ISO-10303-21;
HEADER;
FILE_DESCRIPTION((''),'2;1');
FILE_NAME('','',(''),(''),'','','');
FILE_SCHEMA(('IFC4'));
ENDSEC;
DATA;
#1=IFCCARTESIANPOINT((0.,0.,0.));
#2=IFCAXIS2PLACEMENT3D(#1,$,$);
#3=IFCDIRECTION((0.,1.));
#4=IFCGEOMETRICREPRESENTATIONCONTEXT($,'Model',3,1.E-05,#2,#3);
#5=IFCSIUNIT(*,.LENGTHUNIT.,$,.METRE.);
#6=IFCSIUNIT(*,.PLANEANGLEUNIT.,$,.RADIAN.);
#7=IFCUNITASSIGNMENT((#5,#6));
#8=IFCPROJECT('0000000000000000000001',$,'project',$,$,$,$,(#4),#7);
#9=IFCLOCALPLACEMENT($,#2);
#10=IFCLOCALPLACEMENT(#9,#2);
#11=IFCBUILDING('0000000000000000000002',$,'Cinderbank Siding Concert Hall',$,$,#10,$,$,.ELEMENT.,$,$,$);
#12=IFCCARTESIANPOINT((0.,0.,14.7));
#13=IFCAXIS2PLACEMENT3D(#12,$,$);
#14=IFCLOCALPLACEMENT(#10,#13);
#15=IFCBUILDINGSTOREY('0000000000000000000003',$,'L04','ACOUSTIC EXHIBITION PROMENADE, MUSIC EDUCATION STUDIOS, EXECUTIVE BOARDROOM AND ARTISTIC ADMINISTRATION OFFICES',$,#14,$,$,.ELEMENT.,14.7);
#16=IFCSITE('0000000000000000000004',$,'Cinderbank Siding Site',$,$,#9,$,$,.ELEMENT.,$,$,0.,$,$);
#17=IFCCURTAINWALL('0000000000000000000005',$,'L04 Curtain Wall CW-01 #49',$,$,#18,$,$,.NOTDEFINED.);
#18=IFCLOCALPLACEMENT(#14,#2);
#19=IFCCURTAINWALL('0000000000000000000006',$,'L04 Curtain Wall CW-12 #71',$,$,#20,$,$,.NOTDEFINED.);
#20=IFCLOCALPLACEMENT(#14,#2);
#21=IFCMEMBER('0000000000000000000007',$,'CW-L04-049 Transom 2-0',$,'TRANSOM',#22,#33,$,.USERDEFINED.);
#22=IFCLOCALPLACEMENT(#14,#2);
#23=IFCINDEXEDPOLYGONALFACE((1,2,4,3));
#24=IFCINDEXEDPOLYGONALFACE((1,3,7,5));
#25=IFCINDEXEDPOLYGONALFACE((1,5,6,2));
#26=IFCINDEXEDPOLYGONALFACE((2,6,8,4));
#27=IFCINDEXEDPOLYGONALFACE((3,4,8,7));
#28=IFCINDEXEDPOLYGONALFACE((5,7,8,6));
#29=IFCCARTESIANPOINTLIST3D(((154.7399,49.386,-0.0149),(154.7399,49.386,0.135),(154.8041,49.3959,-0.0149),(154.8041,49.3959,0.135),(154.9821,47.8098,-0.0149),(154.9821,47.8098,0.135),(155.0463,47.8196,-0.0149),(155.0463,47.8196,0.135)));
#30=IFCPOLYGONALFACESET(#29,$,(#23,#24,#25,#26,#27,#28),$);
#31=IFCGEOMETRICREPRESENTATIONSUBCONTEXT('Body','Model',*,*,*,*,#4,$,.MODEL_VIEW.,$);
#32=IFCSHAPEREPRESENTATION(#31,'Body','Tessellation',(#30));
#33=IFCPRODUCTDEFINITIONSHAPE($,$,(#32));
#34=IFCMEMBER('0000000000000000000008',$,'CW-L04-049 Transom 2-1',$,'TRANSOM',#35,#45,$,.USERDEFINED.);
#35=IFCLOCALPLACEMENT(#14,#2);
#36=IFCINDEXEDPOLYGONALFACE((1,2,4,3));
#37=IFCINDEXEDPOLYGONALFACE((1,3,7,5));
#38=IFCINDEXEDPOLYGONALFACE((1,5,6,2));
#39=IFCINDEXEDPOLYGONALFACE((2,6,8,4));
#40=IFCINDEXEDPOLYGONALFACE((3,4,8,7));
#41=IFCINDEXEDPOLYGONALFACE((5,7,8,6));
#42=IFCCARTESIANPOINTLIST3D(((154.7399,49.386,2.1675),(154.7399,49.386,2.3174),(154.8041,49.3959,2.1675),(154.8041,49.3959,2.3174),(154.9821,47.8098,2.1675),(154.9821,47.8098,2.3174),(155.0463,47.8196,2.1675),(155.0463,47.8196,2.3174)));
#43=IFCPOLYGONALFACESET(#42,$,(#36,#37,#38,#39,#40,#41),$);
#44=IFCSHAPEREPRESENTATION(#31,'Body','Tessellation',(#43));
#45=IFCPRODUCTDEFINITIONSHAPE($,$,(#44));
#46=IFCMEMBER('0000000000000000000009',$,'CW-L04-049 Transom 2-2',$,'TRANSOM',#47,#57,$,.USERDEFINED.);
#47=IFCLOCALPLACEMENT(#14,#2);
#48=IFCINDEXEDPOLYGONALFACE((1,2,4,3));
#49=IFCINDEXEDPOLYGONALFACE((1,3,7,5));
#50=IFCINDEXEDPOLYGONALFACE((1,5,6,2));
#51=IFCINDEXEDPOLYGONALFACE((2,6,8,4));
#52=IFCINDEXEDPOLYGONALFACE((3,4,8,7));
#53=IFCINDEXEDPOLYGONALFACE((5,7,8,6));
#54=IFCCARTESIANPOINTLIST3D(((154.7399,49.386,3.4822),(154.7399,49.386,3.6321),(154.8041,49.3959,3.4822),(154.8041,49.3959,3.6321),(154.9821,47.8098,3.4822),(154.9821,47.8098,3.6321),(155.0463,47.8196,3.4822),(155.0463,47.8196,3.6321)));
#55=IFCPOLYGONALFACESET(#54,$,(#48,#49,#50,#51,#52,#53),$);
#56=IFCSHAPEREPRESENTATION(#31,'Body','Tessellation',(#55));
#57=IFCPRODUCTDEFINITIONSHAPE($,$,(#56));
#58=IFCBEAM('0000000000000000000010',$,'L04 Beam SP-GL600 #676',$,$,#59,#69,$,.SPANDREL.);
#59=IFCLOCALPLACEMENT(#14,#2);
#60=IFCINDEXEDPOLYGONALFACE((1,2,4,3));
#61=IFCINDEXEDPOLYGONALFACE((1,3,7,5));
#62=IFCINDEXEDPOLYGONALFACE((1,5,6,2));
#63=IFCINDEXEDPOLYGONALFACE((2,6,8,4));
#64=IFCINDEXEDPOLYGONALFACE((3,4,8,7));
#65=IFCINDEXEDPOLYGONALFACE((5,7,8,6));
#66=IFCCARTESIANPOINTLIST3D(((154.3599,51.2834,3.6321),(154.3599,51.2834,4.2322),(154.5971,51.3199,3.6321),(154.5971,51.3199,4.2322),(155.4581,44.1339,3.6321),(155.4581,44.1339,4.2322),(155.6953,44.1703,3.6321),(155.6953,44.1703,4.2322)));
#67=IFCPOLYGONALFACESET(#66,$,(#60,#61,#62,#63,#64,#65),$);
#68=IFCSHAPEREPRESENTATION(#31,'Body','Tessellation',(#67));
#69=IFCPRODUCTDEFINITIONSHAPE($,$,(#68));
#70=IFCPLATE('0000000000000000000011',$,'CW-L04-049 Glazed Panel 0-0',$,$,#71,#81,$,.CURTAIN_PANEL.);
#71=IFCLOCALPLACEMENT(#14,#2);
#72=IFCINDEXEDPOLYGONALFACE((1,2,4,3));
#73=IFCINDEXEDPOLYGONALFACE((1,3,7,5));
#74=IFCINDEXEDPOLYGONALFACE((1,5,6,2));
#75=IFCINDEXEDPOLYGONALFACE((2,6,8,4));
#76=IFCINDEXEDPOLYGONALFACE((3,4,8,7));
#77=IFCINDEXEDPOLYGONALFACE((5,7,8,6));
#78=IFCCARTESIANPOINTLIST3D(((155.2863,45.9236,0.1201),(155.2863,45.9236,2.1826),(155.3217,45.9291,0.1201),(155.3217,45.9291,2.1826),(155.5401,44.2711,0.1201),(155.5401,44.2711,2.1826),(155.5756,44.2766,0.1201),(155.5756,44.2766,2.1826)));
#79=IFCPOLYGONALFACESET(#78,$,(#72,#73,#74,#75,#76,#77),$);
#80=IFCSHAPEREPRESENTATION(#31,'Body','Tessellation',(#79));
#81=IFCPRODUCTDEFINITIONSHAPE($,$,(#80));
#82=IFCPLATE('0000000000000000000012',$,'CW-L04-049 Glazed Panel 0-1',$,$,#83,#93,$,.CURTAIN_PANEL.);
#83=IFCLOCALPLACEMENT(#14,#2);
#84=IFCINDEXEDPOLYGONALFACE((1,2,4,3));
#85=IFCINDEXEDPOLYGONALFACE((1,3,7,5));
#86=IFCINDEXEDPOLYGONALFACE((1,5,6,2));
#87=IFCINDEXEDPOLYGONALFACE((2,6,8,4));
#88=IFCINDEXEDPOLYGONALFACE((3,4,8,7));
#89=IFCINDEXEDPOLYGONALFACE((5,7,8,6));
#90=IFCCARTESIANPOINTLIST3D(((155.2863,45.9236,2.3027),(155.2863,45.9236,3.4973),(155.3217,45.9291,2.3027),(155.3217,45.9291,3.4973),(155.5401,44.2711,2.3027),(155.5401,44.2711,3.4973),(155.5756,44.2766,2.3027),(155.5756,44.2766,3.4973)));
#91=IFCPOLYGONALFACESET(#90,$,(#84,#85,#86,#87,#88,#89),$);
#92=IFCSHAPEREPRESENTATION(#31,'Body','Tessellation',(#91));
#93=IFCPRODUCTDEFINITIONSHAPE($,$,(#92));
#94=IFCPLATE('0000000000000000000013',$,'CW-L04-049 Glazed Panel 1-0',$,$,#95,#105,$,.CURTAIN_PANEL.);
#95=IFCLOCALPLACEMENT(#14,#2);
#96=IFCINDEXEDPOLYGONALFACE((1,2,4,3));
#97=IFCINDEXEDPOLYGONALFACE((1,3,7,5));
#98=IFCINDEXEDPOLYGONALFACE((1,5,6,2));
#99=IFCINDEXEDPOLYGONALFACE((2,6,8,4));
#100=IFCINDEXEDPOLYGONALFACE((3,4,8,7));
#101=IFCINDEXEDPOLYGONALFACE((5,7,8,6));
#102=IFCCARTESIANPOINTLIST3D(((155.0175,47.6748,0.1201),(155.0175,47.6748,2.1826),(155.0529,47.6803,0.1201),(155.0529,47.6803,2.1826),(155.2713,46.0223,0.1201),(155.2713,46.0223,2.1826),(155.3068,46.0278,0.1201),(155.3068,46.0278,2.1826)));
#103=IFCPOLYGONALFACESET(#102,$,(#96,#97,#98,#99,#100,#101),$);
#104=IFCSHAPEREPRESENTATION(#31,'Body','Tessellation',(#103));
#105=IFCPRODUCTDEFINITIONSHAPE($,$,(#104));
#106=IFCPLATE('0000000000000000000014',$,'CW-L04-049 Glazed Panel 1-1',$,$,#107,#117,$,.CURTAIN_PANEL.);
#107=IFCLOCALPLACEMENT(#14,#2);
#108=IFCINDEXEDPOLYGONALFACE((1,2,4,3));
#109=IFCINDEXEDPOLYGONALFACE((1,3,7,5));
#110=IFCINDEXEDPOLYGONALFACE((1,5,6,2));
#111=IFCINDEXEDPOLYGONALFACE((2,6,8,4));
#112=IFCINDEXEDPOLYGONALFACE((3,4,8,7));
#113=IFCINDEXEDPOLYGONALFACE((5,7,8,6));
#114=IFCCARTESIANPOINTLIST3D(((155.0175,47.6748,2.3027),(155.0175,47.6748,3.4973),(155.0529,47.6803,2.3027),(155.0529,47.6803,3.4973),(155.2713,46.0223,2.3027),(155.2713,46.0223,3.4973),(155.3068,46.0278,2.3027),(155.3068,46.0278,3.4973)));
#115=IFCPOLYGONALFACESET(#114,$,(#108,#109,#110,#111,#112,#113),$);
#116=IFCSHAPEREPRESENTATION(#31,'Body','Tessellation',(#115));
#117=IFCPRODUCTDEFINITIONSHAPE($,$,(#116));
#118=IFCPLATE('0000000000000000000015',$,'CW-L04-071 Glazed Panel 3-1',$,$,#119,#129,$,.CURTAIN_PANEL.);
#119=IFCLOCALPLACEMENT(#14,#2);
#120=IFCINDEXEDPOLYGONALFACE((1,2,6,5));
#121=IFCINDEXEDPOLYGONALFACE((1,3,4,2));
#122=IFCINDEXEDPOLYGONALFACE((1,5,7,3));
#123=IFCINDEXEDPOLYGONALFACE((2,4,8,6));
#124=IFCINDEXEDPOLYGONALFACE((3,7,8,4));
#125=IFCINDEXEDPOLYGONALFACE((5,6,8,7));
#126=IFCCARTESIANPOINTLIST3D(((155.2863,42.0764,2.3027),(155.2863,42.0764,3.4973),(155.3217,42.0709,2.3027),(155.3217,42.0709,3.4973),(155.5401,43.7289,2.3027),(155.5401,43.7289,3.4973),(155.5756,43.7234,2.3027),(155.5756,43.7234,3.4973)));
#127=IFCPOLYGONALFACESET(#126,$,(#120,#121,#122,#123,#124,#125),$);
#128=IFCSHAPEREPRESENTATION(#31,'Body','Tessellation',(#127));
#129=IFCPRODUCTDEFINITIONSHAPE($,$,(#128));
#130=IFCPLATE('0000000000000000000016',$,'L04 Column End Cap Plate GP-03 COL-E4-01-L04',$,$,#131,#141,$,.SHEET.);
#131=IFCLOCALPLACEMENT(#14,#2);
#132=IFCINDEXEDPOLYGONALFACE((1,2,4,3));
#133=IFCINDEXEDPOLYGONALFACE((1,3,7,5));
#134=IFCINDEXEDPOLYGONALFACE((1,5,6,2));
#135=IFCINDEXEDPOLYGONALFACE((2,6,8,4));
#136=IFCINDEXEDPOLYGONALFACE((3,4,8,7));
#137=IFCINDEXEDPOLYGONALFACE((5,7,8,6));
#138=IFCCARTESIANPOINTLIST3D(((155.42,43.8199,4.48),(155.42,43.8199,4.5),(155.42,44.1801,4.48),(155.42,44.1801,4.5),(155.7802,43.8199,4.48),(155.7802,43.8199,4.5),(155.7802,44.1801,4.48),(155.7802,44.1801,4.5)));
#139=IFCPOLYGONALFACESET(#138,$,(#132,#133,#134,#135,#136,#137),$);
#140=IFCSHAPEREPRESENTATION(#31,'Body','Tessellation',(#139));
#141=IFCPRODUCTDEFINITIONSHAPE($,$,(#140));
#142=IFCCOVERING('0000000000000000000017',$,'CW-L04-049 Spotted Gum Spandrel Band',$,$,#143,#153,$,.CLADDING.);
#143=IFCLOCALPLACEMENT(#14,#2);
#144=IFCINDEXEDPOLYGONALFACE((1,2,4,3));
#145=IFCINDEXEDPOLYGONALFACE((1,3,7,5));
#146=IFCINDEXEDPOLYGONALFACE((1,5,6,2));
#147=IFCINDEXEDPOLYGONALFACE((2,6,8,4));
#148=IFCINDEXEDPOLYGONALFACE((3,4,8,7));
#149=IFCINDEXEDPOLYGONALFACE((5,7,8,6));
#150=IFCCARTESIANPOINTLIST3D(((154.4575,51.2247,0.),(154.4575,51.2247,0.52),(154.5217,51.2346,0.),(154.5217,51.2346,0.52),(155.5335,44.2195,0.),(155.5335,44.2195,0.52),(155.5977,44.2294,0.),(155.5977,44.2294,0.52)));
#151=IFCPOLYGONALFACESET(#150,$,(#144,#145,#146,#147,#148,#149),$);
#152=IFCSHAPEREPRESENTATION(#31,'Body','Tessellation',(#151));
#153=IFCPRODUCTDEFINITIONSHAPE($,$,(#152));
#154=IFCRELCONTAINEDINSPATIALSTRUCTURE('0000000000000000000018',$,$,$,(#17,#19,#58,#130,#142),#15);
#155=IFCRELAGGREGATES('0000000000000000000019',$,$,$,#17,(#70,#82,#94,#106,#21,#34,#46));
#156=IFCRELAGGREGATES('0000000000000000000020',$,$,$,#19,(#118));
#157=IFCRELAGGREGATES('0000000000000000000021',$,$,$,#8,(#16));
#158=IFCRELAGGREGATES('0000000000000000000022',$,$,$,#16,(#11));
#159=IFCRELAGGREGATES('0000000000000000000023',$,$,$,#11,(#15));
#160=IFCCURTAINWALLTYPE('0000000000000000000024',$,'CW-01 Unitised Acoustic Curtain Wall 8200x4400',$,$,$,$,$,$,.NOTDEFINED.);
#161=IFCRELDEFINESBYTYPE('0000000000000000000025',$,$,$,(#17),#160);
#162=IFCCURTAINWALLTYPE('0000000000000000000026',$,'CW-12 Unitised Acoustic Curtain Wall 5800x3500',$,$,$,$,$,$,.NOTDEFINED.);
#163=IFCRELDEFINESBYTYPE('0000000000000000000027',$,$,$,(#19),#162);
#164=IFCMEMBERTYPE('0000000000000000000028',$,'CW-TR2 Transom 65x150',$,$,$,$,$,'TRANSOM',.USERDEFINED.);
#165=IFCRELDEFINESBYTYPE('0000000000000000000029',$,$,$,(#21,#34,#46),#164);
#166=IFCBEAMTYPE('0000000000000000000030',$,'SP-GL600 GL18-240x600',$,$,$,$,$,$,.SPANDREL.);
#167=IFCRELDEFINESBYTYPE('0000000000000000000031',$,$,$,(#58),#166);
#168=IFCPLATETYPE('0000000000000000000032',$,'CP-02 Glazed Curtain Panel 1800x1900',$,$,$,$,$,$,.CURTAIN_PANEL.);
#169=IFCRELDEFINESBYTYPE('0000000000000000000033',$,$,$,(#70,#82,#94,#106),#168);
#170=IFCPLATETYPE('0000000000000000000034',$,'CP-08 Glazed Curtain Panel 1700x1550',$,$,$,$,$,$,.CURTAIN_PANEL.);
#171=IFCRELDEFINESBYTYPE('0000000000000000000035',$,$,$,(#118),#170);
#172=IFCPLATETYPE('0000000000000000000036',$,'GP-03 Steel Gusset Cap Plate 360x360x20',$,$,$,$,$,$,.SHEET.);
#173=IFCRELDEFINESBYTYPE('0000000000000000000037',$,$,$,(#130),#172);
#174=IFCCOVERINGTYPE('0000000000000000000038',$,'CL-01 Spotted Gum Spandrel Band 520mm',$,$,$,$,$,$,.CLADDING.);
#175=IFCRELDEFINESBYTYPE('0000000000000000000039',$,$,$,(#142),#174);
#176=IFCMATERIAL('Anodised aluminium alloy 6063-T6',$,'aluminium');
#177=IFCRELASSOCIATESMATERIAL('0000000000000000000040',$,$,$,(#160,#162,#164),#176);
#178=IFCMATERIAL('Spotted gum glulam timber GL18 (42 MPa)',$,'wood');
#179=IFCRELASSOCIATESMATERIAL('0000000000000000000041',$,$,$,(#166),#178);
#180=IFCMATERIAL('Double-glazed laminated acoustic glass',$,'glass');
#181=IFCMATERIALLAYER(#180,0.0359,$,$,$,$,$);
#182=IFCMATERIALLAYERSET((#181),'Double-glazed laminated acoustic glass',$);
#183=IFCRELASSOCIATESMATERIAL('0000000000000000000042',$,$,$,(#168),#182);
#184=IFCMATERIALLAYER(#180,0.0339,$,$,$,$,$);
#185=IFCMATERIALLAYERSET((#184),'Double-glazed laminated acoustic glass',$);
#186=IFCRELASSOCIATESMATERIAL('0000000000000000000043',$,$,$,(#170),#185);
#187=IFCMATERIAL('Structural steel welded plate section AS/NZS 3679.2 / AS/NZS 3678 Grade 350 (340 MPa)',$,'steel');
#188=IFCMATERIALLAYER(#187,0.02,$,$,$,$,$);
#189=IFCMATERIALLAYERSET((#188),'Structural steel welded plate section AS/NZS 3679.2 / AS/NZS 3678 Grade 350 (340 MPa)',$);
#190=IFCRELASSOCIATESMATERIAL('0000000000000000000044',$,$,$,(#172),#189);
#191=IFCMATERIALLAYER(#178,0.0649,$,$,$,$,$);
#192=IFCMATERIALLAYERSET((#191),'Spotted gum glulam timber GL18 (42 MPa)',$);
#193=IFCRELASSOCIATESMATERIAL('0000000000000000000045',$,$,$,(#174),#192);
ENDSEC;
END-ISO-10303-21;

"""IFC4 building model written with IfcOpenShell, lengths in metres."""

from ifc_helpers import new_model, si_unit, direction, frame, origin, origin_2d, place, context, subcontext, project, spatial, rectangle, extrude, material, layer, layer_set, material_profile, profile_set, type_object, element, aggregate, save


model = new_model("IFC4")

# Units and contexts
model_context = context("Model", 3, precision=1e-05, world=origin(), true_north=direction((0.0, 1.0)))
body_context = subcontext(model_context, "Body", "Model", "MODEL_VIEW")
ifc_project = project(units=[si_unit("LENGTHUNIT", "METRE"), si_unit("PLANEANGLEUNIT", "RADIAN")], contexts=[model_context])

# Site, building, storey
site_placement = place(None, origin())
site = spatial("IfcSite", under=ifc_project, at=site_placement, Name="Cinderbank Siding Site", CompositionType="ELEMENT", RefElevation=0.0)
building_placement = place(site_placement, origin())
building = spatial("IfcBuilding", under=site, at=building_placement, Name="Cinderbank Siding Concert Hall", CompositionType="ELEMENT")
storey_placement = place(building_placement, frame((0.0, 0.0, 14.7)))
storey = spatial("IfcBuildingStorey", under=building, at=storey_placement, Name="L04", Description="ACOUSTIC EXHIBITION PROMENADE, MUSIC EDUCATION STUDIOS, EXECUTIVE BOARDROOM AND ARTISTIC ADMINISTRATION OFFICES", CompositionType="ELEMENT", Elevation=14.7)

# Curtain wall
ifc_material_1 = material(Name="Anodised aluminium alloy 6063-T6", Category="aluminium")
curtain_wall_type_1 = type_object("IfcCurtainWallType", Name="CW-01 Unitised Acoustic Curtain Wall 8200x4400", PredefinedType="NOTDEFINED", material=ifc_material_1)
curtain_wall_1_placement = place(storey_placement, origin())
curtain_wall_1 = element("IfcCurtainWall", 1, at=curtain_wall_1_placement, inside=storey, type_object=curtain_wall_type_1, Name="L04 Curtain Wall CW-01 #49", PredefinedType="NOTDEFINED")

# Curtain wall
curtain_wall_type_2 = type_object("IfcCurtainWallType", Name="CW-12 Unitised Acoustic Curtain Wall 5800x3500", PredefinedType="NOTDEFINED", material=ifc_material_1)
curtain_wall_2_placement = place(storey_placement, origin())
curtain_wall_2 = element("IfcCurtainWall", 2, at=curtain_wall_2_placement, inside=storey, type_object=curtain_wall_type_2, Name="L04 Curtain Wall CW-12 #71", PredefinedType="NOTDEFINED")

# Members
ifc_material_profile_1 = material_profile(ifc_material_1, rectangle(XDim=0.0649, YDim=0.1499, at=origin_2d()), Name="ALU-TRAN-65x150", Category="LoadBearing")
ifc_profile_set_1 = profile_set([ifc_material_profile_1], Name="Anodised aluminium alloy 6063-T6")
member_type_1 = type_object("IfcMemberType", Name="CW-TR2 Transom 65x150", ElementType="TRANSOM", PredefinedType="USERDEFINED", material=ifc_profile_set_1)
member_1_placement = place(storey_placement, frame((155.0142, 47.8147, 0.0601), z_axis=(-0.151873, 0.9884, 0.0), x_axis=(-0.9884, -0.151873, 0.0)))
member_1 = element("IfcMember", 3, at=member_1_placement, type_object=member_type_1, Name="CW-L04-049 Transom 2-0", ObjectType="TRANSOM", PredefinedType="USERDEFINED", context=body_context, shape_type="SweptSolid", body=[
    extrude(rectangle(XDim=0.0649, YDim=0.1499, at=origin_2d()), origin(), (0.0, 0.0, 1.0), 1.5947),
])
member_2_placement = place(storey_placement, frame((155.0142, 47.8147, 2.2424), z_axis=(-0.151873, 0.9884, 0.0), x_axis=(-0.9884, -0.151873, 0.0)))
member_2 = element("IfcMember", 4, at=member_2_placement, type_object=member_type_1, Name="CW-L04-049 Transom 2-1", ObjectType="TRANSOM", PredefinedType="USERDEFINED", context=body_context, shape_type="SweptSolid", body=[
    extrude(rectangle(XDim=0.0649, YDim=0.1499, at=origin_2d()), origin(), (0.0, 0.0, 1.0), 1.5947),
])
member_3_placement = place(storey_placement, frame((155.0142, 47.8147, 3.5571), z_axis=(-0.151873, 0.9884, 0.0), x_axis=(-0.9884, -0.151873, 0.0)))
member_3 = element("IfcMember", 5, at=member_3_placement, type_object=member_type_1, Name="CW-L04-049 Transom 2-2", ObjectType="TRANSOM", PredefinedType="USERDEFINED", context=body_context, shape_type="SweptSolid", body=[
    extrude(rectangle(XDim=0.0649, YDim=0.1499, at=origin_2d()), origin(), (0.0, 0.0, 1.0), 1.5947),
])

# Beam
ifc_material_2 = material(Name="Spotted gum glulam timber GL18 (42 MPa)", Category="wood")
ifc_material_profile_2 = material_profile(ifc_material_2, rectangle(XDim=0.24, YDim=0.6001, at=origin_2d()), Name="GL18-240x600", Category="LoadBearing")
ifc_profile_set_2 = profile_set([ifc_material_profile_2], Name="Spotted gum glulam timber GL18 (42 MPa)")
beam_type = type_object("IfcBeamType", Name="SP-GL600 GL18-240x600", PredefinedType="SPANDREL", material=ifc_profile_set_2)
beam_placement = place(storey_placement, frame((155.5767, 44.1521, 3.9321), z_axis=(-0.151814, 0.988409, 0.0), x_axis=(-0.988409, -0.151814, 0.0)))
element("IfcBeam", 6, at=beam_placement, inside=storey, type_object=beam_type, Name="L04 Beam SP-GL600 #676", PredefinedType="SPANDREL", context=body_context, shape_type="SweptSolid", body=[
    extrude(rectangle(XDim=0.24, YDim=0.6001, at=origin_2d()), origin(), (0.0, 0.0, 1.0), 7.2334),
])

# Plates
ifc_material_3 = material(Name="Double-glazed laminated acoustic glass", Category="glass")
ifc_layer_1 = layer(ifc_material_3, 0.0359)
ifc_layer_set_1 = layer_set([ifc_layer_1], Name="Double-glazed laminated acoustic glass")
plate_type_1 = type_object("IfcPlateType", Name="CP-02 Glazed Curtain Panel 1800x1900", PredefinedType="CURTAIN_PANEL", material=ifc_layer_set_1)
plate_1_placement = place(storey_placement, frame((155.4309, 45.1001, 0.1201), z_axis=(0.0, 0.0, 1.0), x_axis=(-0.151815, 0.988409, 0.0)))
plate_1 = element("IfcPlate", 7, at=plate_1_placement, type_object=plate_type_1, Name="CW-L04-049 Glazed Panel 0-0", PredefinedType="CURTAIN_PANEL", context=body_context, shape_type="SweptSolid", body=[
    extrude(rectangle(XDim=1.6719, YDim=0.0359, at=origin_2d()), origin(), (0.0, 0.0, 1.0), 2.0625),
])
plate_2_placement = place(storey_placement, frame((155.4309, 45.1001, 2.3027), z_axis=(0.0, 0.0, 1.0), x_axis=(-0.151815, 0.988409, 0.0)))
plate_2 = element("IfcPlate", 8, at=plate_2_placement, type_object=plate_type_1, Name="CW-L04-049 Glazed Panel 0-1", PredefinedType="CURTAIN_PANEL", context=body_context, shape_type="SweptSolid", body=[
    extrude(rectangle(XDim=1.6719, YDim=0.0359, at=origin_2d()), origin(), (0.0, 0.0, 1.0), 1.1946),
])
plate_3_placement = place(storey_placement, frame((155.1621, 46.8513, 0.1201), z_axis=(0.0, 0.0, 1.0), x_axis=(-0.151815, 0.988409, 0.0)))
plate_3 = element("IfcPlate", 9, at=plate_3_placement, type_object=plate_type_1, Name="CW-L04-049 Glazed Panel 1-0", PredefinedType="CURTAIN_PANEL", context=body_context, shape_type="SweptSolid", body=[
    extrude(rectangle(XDim=1.6719, YDim=0.0359, at=origin_2d()), origin(), (0.0, 0.0, 1.0), 2.0625),
])
plate_4_placement = place(storey_placement, frame((155.1621, 46.8513, 2.3027), z_axis=(0.0, 0.0, 1.0), x_axis=(-0.151815, 0.988409, 0.0)))
plate_4 = element("IfcPlate", 10, at=plate_4_placement, type_object=plate_type_1, Name="CW-L04-049 Glazed Panel 1-1", PredefinedType="CURTAIN_PANEL", context=body_context, shape_type="SweptSolid", body=[
    extrude(rectangle(XDim=1.6719, YDim=0.0359, at=origin_2d()), origin(), (0.0, 0.0, 1.0), 1.1946),
])
aggregate(curtain_wall_1, [plate_1, plate_2, plate_3, plate_4, member_1, member_2, member_3])
ifc_layer_2 = layer(ifc_material_3, 0.0339)
ifc_layer_set_2 = layer_set([ifc_layer_2], Name="Double-glazed laminated acoustic glass")
plate_type_2 = type_object("IfcPlateType", Name="CP-08 Glazed Curtain Panel 1700x1550", PredefinedType="CURTAIN_PANEL", material=ifc_layer_set_2)
plate_5_placement = place(storey_placement, frame((155.4309, 42.8999, 2.3027), z_axis=(0.0, 0.0, 1.0), x_axis=(0.151815, 0.988409, 0.0)))
plate_5 = element("IfcPlate", 11, at=plate_5_placement, type_object=plate_type_2, Name="CW-L04-071 Glazed Panel 3-1", PredefinedType="CURTAIN_PANEL", context=body_context, shape_type="SweptSolid", body=[
    extrude(rectangle(XDim=1.6719, YDim=0.0359, at=origin_2d()), origin(), (0.0, 0.0, 1.0), 1.1946),
])
aggregate(curtain_wall_2, [plate_5])
ifc_material_4 = material(Name="Structural steel welded plate section AS/NZS 3679.2 / AS/NZS 3678 Grade 350 (340 MPa)", Category="steel")
ifc_layer_3 = layer(ifc_material_4, 0.02)
ifc_layer_set_3 = layer_set([ifc_layer_3], Name="Structural steel welded plate section AS/NZS 3679.2 / AS/NZS 3678 Grade 350 (340 MPa)")
plate_type_3 = type_object("IfcPlateType", Name="GP-03 Steel Gusset Cap Plate 360x360x20", PredefinedType="SHEET", material=ifc_layer_set_3)
plate_6_placement = place(storey_placement, frame((155.6001, 44.0, 4.48), z_axis=(0.0, 0.0, 1.0), x_axis=(1.0, 0.0, 0.0)))
element("IfcPlate", 12, at=plate_6_placement, inside=storey, type_object=plate_type_3, Name="L04 Column End Cap Plate GP-03 COL-E4-01-L04", PredefinedType="SHEET", context=body_context, shape_type="SweptSolid", body=[
    extrude(rectangle(XDim=0.3601, YDim=0.3601, at=origin_2d()), origin(), (0.0, 0.0, 1.0), 0.02),
])

# Covering
ifc_layer_4 = layer(ifc_material_2, 0.0649)
ifc_layer_set_4 = layer_set([ifc_layer_4], Name="Spotted gum glulam timber GL18 (42 MPa)")
covering_type = type_object("IfcCoveringType", Name="CL-01 Spotted Gum Spandrel Band 520mm", PredefinedType="CLADDING", material=ifc_layer_set_4)
covering_placement = place(storey_placement, frame((155.0276, 47.7271, 0.0), z_axis=(0.0, 0.0, 1.0), x_axis=(-0.151815, 0.988409, 0.0)))
element("IfcCovering", 13, at=covering_placement, inside=storey, type_object=covering_type, Name="CW-L04-049 Spotted Gum Spandrel Band", PredefinedType="CLADDING", context=body_context, shape_type="SweptSolid", body=[
    extrude(rectangle(XDim=7.0874, YDim=0.0649, at=origin_2d()), origin(), (0.0, 0.0, 1.0), 0.52),
])

save(model, "model.ifc")
